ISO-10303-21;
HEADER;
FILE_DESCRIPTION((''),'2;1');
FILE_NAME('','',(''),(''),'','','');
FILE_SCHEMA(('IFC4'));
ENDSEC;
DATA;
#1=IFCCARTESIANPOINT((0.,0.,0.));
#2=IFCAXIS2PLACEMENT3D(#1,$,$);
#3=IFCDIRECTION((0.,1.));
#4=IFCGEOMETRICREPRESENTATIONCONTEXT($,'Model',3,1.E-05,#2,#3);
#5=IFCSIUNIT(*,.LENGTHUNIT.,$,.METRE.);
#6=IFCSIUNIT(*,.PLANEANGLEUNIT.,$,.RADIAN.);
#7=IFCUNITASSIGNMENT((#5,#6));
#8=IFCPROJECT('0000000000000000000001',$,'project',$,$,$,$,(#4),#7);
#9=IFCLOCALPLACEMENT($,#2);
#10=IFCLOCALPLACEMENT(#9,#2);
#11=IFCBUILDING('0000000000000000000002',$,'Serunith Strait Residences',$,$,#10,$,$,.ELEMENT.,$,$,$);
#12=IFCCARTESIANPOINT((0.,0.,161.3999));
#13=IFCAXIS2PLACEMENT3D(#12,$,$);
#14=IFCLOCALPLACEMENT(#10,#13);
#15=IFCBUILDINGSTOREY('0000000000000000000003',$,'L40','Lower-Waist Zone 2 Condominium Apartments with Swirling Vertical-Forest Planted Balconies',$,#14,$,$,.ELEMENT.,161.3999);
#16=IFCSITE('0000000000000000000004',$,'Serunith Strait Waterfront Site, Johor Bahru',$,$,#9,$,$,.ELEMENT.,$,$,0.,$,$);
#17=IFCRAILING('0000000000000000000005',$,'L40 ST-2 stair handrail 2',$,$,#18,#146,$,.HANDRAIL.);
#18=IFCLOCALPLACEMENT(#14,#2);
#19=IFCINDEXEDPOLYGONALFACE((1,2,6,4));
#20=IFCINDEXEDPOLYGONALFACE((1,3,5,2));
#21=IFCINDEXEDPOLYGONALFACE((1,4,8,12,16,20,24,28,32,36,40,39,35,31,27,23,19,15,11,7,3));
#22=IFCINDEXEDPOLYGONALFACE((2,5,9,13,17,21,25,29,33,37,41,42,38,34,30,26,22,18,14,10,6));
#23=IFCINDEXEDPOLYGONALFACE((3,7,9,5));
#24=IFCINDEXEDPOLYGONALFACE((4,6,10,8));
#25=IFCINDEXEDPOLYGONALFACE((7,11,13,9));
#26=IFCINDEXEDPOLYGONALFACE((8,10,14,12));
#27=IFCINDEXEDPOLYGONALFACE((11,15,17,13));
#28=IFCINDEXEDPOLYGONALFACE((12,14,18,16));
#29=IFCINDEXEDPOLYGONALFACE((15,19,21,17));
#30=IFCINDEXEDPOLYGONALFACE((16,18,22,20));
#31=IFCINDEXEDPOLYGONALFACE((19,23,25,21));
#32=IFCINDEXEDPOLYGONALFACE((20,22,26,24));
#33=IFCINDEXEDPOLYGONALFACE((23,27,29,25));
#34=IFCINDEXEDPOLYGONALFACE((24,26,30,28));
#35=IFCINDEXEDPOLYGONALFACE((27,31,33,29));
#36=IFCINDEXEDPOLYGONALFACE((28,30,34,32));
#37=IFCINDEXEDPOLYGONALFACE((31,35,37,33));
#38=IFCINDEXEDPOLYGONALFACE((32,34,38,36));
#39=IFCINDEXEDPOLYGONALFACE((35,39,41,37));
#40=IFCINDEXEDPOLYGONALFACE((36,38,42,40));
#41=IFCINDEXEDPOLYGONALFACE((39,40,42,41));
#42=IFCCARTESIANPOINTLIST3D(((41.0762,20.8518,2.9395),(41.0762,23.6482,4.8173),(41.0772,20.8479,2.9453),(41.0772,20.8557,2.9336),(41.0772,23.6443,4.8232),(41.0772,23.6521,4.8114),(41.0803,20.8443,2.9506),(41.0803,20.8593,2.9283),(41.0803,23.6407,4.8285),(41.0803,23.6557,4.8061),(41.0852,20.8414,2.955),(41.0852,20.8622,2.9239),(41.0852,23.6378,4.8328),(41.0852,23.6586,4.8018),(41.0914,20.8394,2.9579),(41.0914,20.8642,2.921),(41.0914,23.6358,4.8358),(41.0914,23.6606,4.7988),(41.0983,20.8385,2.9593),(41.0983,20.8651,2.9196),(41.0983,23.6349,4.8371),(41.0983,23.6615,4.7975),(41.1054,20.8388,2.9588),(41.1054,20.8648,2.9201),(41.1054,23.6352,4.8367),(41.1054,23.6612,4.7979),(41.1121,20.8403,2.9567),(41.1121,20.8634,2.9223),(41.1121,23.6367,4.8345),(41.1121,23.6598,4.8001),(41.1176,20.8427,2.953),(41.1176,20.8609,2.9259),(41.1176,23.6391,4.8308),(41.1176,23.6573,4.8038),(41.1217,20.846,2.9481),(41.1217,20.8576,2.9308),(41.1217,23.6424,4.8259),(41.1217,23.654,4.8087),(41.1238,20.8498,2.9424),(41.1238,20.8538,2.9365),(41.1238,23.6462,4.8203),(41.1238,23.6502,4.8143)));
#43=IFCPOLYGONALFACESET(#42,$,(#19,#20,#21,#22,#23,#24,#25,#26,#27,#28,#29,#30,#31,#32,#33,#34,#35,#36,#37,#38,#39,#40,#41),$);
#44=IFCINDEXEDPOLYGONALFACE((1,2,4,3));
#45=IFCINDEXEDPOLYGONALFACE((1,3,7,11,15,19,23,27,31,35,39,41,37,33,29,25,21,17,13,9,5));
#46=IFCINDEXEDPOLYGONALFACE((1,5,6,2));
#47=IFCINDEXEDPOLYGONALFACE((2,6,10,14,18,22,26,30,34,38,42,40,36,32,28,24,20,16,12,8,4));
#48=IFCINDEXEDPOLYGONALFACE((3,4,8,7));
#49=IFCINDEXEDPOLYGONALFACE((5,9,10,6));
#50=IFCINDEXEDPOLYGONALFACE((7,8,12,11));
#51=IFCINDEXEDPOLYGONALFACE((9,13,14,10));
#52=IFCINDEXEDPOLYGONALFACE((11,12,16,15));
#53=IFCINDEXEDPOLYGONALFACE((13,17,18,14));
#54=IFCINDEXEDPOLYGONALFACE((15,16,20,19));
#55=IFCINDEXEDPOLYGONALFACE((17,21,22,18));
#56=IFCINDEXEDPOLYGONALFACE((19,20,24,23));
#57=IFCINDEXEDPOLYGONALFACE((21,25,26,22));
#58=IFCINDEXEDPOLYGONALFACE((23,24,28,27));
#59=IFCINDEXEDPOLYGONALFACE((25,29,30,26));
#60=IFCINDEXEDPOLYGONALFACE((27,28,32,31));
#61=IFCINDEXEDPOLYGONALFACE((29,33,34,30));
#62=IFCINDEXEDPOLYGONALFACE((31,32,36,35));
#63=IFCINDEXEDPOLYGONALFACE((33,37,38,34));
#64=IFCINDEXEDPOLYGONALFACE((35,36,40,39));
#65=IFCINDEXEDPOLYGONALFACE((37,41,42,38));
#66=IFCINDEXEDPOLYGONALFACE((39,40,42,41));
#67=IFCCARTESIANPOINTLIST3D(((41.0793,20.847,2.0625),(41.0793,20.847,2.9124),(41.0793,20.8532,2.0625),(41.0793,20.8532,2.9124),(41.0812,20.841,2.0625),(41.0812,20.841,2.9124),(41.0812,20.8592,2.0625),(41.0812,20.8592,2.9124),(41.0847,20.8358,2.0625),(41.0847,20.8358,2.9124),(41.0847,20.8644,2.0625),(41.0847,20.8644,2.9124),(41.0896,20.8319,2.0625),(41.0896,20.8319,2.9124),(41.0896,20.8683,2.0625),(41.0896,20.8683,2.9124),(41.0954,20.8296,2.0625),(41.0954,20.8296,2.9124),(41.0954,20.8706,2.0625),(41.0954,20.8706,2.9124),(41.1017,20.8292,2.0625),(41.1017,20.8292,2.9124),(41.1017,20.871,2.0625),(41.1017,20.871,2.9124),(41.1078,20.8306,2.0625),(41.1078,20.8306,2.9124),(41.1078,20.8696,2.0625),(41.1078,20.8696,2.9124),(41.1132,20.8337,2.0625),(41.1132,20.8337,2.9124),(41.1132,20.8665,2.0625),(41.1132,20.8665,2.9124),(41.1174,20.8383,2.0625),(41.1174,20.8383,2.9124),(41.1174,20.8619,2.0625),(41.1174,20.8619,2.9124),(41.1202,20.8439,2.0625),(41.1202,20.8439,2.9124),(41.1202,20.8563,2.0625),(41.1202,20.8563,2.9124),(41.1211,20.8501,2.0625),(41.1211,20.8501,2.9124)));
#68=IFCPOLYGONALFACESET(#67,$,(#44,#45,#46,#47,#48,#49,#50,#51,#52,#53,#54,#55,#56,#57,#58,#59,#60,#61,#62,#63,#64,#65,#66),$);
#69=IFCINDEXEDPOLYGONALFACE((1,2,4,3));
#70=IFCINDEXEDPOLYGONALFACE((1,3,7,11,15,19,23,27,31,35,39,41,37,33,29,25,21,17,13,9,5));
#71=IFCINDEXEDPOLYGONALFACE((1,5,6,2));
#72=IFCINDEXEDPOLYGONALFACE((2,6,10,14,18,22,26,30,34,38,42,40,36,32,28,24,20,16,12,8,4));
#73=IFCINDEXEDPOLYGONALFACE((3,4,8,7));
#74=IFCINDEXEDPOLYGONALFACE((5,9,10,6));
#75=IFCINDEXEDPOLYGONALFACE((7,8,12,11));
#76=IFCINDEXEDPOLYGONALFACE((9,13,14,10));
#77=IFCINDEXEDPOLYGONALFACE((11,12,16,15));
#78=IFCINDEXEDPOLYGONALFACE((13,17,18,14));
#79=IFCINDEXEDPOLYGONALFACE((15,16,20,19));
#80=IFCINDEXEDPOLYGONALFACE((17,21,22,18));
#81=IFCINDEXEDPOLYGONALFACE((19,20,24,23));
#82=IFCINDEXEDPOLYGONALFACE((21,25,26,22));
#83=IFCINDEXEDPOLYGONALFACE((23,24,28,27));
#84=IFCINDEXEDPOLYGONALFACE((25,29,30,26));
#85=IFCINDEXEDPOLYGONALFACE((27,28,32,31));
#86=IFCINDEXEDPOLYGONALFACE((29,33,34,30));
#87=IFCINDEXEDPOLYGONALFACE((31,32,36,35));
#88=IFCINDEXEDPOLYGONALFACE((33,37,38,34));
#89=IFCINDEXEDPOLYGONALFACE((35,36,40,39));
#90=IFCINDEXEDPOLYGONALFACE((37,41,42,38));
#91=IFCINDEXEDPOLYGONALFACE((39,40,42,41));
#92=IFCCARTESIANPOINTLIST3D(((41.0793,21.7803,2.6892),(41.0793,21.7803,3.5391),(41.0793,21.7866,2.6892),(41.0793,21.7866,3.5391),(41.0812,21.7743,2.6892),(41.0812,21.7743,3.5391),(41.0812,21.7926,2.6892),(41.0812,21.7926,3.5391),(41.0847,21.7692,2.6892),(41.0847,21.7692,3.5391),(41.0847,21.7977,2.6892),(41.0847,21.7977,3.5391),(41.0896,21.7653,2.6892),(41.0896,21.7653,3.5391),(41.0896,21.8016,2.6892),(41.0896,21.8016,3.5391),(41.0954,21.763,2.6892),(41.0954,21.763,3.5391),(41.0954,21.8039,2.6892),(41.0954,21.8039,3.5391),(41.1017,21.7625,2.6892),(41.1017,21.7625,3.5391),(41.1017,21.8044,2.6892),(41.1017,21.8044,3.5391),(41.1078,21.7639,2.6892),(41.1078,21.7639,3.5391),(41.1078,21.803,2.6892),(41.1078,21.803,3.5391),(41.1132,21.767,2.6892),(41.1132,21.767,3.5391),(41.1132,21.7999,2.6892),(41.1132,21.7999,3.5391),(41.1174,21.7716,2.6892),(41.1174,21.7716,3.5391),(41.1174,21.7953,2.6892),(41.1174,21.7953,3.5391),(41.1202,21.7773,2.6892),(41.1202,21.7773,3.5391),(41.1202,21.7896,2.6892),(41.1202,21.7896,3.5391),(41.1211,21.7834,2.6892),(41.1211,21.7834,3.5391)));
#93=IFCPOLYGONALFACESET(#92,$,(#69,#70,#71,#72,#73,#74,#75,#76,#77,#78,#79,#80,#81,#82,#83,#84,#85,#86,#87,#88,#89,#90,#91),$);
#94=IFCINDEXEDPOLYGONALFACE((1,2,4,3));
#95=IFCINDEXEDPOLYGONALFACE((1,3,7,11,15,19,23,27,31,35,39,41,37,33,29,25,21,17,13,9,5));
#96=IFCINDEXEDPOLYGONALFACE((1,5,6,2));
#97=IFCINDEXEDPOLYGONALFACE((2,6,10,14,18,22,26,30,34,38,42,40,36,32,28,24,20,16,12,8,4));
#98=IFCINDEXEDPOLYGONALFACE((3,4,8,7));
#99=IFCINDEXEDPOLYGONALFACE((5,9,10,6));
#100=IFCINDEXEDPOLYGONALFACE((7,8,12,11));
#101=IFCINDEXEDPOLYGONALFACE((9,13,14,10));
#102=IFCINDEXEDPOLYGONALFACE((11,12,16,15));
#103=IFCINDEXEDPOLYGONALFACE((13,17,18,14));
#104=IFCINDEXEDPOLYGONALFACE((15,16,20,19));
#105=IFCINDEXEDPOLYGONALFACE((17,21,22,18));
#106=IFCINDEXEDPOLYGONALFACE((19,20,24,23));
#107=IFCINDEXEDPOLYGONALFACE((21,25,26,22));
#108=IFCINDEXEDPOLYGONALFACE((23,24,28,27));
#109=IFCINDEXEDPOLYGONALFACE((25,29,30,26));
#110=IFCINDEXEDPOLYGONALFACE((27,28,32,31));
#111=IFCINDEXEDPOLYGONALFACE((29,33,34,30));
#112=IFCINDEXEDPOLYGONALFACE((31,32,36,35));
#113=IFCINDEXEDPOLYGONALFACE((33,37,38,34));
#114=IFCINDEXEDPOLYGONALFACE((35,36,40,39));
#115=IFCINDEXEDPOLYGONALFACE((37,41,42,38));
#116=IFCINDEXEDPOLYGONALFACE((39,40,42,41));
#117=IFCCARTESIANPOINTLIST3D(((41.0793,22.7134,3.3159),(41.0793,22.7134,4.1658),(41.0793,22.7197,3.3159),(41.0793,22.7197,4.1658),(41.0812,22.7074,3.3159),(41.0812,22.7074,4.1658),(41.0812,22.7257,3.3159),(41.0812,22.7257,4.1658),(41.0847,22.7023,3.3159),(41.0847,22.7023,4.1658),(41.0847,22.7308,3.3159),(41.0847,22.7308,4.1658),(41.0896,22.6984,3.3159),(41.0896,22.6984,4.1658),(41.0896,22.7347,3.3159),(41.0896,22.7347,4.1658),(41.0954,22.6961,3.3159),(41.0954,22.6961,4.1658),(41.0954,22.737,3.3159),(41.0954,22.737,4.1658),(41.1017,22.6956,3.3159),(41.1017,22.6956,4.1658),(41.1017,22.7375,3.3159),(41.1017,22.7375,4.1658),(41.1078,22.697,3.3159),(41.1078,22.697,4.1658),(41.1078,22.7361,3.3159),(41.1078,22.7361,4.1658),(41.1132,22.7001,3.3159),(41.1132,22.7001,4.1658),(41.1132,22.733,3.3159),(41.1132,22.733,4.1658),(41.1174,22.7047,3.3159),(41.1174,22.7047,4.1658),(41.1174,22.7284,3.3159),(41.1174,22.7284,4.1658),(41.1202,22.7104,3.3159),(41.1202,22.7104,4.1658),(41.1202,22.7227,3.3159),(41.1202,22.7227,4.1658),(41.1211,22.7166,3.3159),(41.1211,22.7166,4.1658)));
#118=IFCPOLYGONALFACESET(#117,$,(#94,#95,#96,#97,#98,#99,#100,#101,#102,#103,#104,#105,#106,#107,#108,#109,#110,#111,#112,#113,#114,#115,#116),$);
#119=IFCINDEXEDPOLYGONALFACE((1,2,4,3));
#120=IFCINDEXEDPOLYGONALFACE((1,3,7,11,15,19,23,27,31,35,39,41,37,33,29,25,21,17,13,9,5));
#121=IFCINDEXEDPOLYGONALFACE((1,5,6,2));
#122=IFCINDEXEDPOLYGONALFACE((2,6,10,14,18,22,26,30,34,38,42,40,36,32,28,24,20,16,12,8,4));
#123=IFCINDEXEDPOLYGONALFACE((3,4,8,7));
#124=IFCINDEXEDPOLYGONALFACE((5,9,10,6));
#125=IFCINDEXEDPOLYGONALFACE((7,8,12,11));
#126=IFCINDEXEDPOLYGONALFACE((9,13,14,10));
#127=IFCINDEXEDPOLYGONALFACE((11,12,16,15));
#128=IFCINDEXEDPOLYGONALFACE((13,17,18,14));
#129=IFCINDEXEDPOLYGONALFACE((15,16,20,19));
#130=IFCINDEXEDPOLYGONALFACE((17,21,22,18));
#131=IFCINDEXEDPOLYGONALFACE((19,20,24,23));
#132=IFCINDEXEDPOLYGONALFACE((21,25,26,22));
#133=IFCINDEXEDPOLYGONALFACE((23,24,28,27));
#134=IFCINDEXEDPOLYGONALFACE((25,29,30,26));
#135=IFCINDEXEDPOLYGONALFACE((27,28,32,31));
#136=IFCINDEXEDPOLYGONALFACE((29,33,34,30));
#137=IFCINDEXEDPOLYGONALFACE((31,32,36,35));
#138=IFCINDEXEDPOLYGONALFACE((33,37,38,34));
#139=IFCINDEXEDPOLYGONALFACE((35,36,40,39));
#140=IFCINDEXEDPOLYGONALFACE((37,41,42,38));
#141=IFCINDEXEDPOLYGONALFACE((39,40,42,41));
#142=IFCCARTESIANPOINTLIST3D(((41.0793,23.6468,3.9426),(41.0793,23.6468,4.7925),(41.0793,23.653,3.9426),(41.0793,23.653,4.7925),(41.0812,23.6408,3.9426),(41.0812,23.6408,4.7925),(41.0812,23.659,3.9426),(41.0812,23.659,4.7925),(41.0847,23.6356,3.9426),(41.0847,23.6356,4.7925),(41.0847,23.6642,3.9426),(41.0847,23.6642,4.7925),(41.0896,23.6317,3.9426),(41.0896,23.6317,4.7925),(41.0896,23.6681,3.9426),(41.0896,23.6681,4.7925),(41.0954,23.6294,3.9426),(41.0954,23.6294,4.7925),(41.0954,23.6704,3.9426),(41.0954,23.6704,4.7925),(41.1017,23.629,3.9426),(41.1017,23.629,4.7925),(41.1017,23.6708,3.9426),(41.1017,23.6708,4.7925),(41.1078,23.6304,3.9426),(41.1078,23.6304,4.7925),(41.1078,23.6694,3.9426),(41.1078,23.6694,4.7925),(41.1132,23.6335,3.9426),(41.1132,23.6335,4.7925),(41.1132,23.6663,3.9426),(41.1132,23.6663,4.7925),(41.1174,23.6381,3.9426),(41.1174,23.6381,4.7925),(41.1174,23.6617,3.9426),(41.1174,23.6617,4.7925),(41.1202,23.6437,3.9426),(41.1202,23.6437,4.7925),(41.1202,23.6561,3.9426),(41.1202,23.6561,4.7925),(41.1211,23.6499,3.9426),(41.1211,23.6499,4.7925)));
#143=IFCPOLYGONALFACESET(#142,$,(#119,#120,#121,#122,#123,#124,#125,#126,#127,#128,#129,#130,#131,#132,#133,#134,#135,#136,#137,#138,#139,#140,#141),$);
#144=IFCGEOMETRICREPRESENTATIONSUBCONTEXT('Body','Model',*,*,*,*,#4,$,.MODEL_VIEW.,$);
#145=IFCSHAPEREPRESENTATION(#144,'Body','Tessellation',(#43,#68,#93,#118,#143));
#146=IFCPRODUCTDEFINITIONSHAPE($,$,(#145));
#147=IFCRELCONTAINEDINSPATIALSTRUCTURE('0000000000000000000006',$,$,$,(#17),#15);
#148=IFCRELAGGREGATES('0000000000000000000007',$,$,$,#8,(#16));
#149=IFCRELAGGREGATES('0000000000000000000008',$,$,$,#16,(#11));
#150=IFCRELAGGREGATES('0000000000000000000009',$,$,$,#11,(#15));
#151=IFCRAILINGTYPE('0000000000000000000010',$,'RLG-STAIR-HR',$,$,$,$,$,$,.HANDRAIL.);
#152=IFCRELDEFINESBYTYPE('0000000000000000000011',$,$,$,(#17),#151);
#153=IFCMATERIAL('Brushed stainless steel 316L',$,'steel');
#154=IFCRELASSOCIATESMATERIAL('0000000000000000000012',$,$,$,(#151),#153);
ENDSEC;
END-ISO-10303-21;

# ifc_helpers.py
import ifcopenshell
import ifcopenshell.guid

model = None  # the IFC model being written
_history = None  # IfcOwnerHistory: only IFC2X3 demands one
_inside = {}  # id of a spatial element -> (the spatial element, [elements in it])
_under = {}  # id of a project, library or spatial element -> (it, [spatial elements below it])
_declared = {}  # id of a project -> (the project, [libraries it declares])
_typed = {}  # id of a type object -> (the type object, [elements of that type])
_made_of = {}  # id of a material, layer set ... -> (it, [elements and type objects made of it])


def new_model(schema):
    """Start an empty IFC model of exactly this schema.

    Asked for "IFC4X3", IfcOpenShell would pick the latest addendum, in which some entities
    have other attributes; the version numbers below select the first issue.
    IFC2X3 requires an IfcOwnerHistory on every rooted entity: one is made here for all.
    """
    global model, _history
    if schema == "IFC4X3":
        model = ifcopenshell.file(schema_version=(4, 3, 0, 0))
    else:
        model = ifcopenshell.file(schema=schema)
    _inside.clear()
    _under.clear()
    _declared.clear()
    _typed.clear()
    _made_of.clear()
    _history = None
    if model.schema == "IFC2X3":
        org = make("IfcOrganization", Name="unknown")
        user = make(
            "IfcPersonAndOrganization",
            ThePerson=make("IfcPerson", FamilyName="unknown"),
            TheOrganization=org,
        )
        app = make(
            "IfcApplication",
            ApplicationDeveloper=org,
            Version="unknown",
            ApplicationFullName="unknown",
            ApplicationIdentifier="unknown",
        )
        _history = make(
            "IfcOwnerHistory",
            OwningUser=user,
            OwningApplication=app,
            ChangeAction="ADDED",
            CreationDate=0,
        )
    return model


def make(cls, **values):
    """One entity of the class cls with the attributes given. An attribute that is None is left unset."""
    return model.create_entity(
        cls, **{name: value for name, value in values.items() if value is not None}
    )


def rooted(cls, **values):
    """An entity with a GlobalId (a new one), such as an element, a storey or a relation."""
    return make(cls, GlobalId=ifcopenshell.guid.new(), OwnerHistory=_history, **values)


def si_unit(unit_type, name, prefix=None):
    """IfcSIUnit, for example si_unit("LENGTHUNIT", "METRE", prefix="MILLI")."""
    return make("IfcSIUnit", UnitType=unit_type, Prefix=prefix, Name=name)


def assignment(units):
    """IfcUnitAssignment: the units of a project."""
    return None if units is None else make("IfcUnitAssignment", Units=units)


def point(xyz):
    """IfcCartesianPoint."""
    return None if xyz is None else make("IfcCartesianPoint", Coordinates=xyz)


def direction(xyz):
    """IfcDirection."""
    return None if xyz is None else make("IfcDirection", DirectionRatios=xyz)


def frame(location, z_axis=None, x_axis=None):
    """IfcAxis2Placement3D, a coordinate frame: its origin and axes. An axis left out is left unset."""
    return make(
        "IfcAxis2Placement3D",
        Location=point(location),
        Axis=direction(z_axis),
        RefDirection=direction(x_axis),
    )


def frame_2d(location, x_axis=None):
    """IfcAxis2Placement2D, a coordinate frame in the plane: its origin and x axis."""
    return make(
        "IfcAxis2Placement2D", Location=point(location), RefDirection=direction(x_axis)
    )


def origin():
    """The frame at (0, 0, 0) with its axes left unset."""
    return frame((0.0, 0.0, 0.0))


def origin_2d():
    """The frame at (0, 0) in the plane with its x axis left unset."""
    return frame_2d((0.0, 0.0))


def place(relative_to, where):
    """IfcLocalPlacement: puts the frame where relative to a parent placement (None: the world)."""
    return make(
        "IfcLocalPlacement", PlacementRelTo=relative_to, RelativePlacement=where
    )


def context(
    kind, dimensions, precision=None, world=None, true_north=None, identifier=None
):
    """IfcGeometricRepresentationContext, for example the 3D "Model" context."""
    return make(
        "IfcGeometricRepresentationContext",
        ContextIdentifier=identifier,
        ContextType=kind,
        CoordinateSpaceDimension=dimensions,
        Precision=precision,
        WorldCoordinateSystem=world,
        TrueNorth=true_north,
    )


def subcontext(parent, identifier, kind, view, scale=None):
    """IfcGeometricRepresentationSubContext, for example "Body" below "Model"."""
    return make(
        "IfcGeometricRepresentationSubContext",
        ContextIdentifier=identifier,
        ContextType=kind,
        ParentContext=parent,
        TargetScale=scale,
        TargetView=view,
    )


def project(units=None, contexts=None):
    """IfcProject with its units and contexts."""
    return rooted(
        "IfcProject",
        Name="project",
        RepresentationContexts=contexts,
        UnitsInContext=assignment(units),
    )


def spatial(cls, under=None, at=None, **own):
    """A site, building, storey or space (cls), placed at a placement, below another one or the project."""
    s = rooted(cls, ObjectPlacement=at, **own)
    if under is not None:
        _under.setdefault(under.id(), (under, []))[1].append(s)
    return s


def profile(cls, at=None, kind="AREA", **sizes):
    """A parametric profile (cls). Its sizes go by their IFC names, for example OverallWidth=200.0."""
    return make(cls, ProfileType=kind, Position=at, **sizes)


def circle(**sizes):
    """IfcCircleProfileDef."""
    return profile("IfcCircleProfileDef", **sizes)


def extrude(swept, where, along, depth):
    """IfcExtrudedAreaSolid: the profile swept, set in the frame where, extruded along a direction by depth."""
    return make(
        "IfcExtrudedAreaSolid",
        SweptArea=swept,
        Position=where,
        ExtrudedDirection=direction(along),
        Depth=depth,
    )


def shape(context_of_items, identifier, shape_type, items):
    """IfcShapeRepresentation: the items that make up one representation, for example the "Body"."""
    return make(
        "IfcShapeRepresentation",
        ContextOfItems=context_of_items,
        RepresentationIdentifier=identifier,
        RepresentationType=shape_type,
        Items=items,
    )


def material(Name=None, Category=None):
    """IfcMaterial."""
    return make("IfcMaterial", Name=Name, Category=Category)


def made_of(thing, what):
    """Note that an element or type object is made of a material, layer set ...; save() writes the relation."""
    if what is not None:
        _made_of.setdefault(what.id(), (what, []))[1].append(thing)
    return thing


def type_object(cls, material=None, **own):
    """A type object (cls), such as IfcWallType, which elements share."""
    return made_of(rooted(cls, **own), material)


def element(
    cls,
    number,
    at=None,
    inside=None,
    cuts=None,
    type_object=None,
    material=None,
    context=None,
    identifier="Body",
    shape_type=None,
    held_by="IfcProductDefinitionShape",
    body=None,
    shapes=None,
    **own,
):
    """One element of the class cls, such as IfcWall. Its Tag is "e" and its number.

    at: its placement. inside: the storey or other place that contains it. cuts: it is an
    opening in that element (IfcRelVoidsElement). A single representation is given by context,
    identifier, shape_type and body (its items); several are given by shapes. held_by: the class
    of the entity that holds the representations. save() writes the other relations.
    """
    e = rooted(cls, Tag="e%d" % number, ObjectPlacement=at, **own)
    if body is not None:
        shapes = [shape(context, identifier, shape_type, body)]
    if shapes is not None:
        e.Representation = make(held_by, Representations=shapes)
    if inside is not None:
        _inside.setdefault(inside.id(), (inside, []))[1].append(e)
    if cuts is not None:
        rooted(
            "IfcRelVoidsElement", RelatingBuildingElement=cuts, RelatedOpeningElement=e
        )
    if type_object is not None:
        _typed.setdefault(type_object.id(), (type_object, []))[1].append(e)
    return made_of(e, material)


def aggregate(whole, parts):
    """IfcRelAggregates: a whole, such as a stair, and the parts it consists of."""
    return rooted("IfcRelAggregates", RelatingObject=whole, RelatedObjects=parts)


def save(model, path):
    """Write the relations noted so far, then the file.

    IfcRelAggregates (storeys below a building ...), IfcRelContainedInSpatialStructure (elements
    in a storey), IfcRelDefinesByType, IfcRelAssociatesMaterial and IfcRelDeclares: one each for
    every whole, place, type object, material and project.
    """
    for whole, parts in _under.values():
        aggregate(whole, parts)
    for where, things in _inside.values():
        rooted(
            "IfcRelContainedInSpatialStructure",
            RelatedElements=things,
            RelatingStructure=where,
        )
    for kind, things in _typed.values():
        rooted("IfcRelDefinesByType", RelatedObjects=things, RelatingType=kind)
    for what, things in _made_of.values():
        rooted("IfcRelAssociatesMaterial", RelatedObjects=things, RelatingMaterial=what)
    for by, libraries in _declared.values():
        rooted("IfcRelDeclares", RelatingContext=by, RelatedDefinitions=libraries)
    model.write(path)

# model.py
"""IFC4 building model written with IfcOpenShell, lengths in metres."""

from ifc_helpers import new_model, si_unit, direction, frame, origin, origin_2d, place, context, subcontext, project, spatial, circle, extrude, material, type_object, element, save


model = new_model("IFC4")

# Units and contexts
model_context = context("Model", 3, precision=1e-05, world=origin(), true_north=direction((0.0, 1.0)))
body_context = subcontext(model_context, "Body", "Model", "MODEL_VIEW")
ifc_project = project(units=[si_unit("LENGTHUNIT", "METRE"), si_unit("PLANEANGLEUNIT", "RADIAN")], contexts=[model_context])

# Site, building, storey
site_placement = place(None, origin())
site = spatial("IfcSite", under=ifc_project, at=site_placement, Name="Serunith Strait Waterfront Site, Johor Bahru", CompositionType="ELEMENT", RefElevation=0.0)
building_placement = place(site_placement, origin())
building = spatial("IfcBuilding", under=site, at=building_placement, Name="Serunith Strait Residences", CompositionType="ELEMENT")
storey_placement = place(building_placement, frame((0.0, 0.0, 161.3999)))
storey = spatial("IfcBuildingStorey", under=building, at=storey_placement, Name="L40", Description="Lower-Waist Zone 2 Condominium Apartments with Swirling Vertical-Forest Planted Balconies", CompositionType="ELEMENT", Elevation=161.3999)

# Railing
ifc_material_1 = material(Name="Brushed stainless steel 316L", Category="steel")
railing_type_1 = type_object("IfcRailingType", Name="RLG-STAIR-HR", PredefinedType="HANDRAIL", material=ifc_material_1)
railing_1_placement = place(storey_placement, frame((41.1001, 20.8501, 2.0625)))
element("IfcRailing", 1, at=railing_1_placement, inside=storey, type_object=railing_type_1, Name="L40 ST-2 stair handrail 2", PredefinedType="HANDRAIL", context=body_context, shape_type="SweptSolid", body=[
    extrude(circle(Radius=0.0239, at=origin_2d()), frame((0.0, 0.0017, 0.877), z_axis=(0.0, 0.830186, 0.557487), x_axis=(-1.0, 0.0, 0.0)), (0.0, 0.0, 1.0), 3.3684),
    extrude(circle(Radius=0.021, at=origin_2d()), origin(), (0.0, 0.0, 1.0), 0.8499),
    extrude(circle(Radius=0.021, at=origin_2d()), frame((0.0, 0.9333, 0.6267)), (0.0, 0.0, 1.0), 0.8499),
    extrude(circle(Radius=0.021, at=origin_2d()), frame((0.0, 1.8665, 1.2534)), (0.0, 0.0, 1.0), 0.8499),
    extrude(circle(Radius=0.021, at=origin_2d()), frame((0.0, 2.7998, 1.8801)), (0.0, 0.0, 1.0), 0.8499),
])

save(model, "model.ifc")
